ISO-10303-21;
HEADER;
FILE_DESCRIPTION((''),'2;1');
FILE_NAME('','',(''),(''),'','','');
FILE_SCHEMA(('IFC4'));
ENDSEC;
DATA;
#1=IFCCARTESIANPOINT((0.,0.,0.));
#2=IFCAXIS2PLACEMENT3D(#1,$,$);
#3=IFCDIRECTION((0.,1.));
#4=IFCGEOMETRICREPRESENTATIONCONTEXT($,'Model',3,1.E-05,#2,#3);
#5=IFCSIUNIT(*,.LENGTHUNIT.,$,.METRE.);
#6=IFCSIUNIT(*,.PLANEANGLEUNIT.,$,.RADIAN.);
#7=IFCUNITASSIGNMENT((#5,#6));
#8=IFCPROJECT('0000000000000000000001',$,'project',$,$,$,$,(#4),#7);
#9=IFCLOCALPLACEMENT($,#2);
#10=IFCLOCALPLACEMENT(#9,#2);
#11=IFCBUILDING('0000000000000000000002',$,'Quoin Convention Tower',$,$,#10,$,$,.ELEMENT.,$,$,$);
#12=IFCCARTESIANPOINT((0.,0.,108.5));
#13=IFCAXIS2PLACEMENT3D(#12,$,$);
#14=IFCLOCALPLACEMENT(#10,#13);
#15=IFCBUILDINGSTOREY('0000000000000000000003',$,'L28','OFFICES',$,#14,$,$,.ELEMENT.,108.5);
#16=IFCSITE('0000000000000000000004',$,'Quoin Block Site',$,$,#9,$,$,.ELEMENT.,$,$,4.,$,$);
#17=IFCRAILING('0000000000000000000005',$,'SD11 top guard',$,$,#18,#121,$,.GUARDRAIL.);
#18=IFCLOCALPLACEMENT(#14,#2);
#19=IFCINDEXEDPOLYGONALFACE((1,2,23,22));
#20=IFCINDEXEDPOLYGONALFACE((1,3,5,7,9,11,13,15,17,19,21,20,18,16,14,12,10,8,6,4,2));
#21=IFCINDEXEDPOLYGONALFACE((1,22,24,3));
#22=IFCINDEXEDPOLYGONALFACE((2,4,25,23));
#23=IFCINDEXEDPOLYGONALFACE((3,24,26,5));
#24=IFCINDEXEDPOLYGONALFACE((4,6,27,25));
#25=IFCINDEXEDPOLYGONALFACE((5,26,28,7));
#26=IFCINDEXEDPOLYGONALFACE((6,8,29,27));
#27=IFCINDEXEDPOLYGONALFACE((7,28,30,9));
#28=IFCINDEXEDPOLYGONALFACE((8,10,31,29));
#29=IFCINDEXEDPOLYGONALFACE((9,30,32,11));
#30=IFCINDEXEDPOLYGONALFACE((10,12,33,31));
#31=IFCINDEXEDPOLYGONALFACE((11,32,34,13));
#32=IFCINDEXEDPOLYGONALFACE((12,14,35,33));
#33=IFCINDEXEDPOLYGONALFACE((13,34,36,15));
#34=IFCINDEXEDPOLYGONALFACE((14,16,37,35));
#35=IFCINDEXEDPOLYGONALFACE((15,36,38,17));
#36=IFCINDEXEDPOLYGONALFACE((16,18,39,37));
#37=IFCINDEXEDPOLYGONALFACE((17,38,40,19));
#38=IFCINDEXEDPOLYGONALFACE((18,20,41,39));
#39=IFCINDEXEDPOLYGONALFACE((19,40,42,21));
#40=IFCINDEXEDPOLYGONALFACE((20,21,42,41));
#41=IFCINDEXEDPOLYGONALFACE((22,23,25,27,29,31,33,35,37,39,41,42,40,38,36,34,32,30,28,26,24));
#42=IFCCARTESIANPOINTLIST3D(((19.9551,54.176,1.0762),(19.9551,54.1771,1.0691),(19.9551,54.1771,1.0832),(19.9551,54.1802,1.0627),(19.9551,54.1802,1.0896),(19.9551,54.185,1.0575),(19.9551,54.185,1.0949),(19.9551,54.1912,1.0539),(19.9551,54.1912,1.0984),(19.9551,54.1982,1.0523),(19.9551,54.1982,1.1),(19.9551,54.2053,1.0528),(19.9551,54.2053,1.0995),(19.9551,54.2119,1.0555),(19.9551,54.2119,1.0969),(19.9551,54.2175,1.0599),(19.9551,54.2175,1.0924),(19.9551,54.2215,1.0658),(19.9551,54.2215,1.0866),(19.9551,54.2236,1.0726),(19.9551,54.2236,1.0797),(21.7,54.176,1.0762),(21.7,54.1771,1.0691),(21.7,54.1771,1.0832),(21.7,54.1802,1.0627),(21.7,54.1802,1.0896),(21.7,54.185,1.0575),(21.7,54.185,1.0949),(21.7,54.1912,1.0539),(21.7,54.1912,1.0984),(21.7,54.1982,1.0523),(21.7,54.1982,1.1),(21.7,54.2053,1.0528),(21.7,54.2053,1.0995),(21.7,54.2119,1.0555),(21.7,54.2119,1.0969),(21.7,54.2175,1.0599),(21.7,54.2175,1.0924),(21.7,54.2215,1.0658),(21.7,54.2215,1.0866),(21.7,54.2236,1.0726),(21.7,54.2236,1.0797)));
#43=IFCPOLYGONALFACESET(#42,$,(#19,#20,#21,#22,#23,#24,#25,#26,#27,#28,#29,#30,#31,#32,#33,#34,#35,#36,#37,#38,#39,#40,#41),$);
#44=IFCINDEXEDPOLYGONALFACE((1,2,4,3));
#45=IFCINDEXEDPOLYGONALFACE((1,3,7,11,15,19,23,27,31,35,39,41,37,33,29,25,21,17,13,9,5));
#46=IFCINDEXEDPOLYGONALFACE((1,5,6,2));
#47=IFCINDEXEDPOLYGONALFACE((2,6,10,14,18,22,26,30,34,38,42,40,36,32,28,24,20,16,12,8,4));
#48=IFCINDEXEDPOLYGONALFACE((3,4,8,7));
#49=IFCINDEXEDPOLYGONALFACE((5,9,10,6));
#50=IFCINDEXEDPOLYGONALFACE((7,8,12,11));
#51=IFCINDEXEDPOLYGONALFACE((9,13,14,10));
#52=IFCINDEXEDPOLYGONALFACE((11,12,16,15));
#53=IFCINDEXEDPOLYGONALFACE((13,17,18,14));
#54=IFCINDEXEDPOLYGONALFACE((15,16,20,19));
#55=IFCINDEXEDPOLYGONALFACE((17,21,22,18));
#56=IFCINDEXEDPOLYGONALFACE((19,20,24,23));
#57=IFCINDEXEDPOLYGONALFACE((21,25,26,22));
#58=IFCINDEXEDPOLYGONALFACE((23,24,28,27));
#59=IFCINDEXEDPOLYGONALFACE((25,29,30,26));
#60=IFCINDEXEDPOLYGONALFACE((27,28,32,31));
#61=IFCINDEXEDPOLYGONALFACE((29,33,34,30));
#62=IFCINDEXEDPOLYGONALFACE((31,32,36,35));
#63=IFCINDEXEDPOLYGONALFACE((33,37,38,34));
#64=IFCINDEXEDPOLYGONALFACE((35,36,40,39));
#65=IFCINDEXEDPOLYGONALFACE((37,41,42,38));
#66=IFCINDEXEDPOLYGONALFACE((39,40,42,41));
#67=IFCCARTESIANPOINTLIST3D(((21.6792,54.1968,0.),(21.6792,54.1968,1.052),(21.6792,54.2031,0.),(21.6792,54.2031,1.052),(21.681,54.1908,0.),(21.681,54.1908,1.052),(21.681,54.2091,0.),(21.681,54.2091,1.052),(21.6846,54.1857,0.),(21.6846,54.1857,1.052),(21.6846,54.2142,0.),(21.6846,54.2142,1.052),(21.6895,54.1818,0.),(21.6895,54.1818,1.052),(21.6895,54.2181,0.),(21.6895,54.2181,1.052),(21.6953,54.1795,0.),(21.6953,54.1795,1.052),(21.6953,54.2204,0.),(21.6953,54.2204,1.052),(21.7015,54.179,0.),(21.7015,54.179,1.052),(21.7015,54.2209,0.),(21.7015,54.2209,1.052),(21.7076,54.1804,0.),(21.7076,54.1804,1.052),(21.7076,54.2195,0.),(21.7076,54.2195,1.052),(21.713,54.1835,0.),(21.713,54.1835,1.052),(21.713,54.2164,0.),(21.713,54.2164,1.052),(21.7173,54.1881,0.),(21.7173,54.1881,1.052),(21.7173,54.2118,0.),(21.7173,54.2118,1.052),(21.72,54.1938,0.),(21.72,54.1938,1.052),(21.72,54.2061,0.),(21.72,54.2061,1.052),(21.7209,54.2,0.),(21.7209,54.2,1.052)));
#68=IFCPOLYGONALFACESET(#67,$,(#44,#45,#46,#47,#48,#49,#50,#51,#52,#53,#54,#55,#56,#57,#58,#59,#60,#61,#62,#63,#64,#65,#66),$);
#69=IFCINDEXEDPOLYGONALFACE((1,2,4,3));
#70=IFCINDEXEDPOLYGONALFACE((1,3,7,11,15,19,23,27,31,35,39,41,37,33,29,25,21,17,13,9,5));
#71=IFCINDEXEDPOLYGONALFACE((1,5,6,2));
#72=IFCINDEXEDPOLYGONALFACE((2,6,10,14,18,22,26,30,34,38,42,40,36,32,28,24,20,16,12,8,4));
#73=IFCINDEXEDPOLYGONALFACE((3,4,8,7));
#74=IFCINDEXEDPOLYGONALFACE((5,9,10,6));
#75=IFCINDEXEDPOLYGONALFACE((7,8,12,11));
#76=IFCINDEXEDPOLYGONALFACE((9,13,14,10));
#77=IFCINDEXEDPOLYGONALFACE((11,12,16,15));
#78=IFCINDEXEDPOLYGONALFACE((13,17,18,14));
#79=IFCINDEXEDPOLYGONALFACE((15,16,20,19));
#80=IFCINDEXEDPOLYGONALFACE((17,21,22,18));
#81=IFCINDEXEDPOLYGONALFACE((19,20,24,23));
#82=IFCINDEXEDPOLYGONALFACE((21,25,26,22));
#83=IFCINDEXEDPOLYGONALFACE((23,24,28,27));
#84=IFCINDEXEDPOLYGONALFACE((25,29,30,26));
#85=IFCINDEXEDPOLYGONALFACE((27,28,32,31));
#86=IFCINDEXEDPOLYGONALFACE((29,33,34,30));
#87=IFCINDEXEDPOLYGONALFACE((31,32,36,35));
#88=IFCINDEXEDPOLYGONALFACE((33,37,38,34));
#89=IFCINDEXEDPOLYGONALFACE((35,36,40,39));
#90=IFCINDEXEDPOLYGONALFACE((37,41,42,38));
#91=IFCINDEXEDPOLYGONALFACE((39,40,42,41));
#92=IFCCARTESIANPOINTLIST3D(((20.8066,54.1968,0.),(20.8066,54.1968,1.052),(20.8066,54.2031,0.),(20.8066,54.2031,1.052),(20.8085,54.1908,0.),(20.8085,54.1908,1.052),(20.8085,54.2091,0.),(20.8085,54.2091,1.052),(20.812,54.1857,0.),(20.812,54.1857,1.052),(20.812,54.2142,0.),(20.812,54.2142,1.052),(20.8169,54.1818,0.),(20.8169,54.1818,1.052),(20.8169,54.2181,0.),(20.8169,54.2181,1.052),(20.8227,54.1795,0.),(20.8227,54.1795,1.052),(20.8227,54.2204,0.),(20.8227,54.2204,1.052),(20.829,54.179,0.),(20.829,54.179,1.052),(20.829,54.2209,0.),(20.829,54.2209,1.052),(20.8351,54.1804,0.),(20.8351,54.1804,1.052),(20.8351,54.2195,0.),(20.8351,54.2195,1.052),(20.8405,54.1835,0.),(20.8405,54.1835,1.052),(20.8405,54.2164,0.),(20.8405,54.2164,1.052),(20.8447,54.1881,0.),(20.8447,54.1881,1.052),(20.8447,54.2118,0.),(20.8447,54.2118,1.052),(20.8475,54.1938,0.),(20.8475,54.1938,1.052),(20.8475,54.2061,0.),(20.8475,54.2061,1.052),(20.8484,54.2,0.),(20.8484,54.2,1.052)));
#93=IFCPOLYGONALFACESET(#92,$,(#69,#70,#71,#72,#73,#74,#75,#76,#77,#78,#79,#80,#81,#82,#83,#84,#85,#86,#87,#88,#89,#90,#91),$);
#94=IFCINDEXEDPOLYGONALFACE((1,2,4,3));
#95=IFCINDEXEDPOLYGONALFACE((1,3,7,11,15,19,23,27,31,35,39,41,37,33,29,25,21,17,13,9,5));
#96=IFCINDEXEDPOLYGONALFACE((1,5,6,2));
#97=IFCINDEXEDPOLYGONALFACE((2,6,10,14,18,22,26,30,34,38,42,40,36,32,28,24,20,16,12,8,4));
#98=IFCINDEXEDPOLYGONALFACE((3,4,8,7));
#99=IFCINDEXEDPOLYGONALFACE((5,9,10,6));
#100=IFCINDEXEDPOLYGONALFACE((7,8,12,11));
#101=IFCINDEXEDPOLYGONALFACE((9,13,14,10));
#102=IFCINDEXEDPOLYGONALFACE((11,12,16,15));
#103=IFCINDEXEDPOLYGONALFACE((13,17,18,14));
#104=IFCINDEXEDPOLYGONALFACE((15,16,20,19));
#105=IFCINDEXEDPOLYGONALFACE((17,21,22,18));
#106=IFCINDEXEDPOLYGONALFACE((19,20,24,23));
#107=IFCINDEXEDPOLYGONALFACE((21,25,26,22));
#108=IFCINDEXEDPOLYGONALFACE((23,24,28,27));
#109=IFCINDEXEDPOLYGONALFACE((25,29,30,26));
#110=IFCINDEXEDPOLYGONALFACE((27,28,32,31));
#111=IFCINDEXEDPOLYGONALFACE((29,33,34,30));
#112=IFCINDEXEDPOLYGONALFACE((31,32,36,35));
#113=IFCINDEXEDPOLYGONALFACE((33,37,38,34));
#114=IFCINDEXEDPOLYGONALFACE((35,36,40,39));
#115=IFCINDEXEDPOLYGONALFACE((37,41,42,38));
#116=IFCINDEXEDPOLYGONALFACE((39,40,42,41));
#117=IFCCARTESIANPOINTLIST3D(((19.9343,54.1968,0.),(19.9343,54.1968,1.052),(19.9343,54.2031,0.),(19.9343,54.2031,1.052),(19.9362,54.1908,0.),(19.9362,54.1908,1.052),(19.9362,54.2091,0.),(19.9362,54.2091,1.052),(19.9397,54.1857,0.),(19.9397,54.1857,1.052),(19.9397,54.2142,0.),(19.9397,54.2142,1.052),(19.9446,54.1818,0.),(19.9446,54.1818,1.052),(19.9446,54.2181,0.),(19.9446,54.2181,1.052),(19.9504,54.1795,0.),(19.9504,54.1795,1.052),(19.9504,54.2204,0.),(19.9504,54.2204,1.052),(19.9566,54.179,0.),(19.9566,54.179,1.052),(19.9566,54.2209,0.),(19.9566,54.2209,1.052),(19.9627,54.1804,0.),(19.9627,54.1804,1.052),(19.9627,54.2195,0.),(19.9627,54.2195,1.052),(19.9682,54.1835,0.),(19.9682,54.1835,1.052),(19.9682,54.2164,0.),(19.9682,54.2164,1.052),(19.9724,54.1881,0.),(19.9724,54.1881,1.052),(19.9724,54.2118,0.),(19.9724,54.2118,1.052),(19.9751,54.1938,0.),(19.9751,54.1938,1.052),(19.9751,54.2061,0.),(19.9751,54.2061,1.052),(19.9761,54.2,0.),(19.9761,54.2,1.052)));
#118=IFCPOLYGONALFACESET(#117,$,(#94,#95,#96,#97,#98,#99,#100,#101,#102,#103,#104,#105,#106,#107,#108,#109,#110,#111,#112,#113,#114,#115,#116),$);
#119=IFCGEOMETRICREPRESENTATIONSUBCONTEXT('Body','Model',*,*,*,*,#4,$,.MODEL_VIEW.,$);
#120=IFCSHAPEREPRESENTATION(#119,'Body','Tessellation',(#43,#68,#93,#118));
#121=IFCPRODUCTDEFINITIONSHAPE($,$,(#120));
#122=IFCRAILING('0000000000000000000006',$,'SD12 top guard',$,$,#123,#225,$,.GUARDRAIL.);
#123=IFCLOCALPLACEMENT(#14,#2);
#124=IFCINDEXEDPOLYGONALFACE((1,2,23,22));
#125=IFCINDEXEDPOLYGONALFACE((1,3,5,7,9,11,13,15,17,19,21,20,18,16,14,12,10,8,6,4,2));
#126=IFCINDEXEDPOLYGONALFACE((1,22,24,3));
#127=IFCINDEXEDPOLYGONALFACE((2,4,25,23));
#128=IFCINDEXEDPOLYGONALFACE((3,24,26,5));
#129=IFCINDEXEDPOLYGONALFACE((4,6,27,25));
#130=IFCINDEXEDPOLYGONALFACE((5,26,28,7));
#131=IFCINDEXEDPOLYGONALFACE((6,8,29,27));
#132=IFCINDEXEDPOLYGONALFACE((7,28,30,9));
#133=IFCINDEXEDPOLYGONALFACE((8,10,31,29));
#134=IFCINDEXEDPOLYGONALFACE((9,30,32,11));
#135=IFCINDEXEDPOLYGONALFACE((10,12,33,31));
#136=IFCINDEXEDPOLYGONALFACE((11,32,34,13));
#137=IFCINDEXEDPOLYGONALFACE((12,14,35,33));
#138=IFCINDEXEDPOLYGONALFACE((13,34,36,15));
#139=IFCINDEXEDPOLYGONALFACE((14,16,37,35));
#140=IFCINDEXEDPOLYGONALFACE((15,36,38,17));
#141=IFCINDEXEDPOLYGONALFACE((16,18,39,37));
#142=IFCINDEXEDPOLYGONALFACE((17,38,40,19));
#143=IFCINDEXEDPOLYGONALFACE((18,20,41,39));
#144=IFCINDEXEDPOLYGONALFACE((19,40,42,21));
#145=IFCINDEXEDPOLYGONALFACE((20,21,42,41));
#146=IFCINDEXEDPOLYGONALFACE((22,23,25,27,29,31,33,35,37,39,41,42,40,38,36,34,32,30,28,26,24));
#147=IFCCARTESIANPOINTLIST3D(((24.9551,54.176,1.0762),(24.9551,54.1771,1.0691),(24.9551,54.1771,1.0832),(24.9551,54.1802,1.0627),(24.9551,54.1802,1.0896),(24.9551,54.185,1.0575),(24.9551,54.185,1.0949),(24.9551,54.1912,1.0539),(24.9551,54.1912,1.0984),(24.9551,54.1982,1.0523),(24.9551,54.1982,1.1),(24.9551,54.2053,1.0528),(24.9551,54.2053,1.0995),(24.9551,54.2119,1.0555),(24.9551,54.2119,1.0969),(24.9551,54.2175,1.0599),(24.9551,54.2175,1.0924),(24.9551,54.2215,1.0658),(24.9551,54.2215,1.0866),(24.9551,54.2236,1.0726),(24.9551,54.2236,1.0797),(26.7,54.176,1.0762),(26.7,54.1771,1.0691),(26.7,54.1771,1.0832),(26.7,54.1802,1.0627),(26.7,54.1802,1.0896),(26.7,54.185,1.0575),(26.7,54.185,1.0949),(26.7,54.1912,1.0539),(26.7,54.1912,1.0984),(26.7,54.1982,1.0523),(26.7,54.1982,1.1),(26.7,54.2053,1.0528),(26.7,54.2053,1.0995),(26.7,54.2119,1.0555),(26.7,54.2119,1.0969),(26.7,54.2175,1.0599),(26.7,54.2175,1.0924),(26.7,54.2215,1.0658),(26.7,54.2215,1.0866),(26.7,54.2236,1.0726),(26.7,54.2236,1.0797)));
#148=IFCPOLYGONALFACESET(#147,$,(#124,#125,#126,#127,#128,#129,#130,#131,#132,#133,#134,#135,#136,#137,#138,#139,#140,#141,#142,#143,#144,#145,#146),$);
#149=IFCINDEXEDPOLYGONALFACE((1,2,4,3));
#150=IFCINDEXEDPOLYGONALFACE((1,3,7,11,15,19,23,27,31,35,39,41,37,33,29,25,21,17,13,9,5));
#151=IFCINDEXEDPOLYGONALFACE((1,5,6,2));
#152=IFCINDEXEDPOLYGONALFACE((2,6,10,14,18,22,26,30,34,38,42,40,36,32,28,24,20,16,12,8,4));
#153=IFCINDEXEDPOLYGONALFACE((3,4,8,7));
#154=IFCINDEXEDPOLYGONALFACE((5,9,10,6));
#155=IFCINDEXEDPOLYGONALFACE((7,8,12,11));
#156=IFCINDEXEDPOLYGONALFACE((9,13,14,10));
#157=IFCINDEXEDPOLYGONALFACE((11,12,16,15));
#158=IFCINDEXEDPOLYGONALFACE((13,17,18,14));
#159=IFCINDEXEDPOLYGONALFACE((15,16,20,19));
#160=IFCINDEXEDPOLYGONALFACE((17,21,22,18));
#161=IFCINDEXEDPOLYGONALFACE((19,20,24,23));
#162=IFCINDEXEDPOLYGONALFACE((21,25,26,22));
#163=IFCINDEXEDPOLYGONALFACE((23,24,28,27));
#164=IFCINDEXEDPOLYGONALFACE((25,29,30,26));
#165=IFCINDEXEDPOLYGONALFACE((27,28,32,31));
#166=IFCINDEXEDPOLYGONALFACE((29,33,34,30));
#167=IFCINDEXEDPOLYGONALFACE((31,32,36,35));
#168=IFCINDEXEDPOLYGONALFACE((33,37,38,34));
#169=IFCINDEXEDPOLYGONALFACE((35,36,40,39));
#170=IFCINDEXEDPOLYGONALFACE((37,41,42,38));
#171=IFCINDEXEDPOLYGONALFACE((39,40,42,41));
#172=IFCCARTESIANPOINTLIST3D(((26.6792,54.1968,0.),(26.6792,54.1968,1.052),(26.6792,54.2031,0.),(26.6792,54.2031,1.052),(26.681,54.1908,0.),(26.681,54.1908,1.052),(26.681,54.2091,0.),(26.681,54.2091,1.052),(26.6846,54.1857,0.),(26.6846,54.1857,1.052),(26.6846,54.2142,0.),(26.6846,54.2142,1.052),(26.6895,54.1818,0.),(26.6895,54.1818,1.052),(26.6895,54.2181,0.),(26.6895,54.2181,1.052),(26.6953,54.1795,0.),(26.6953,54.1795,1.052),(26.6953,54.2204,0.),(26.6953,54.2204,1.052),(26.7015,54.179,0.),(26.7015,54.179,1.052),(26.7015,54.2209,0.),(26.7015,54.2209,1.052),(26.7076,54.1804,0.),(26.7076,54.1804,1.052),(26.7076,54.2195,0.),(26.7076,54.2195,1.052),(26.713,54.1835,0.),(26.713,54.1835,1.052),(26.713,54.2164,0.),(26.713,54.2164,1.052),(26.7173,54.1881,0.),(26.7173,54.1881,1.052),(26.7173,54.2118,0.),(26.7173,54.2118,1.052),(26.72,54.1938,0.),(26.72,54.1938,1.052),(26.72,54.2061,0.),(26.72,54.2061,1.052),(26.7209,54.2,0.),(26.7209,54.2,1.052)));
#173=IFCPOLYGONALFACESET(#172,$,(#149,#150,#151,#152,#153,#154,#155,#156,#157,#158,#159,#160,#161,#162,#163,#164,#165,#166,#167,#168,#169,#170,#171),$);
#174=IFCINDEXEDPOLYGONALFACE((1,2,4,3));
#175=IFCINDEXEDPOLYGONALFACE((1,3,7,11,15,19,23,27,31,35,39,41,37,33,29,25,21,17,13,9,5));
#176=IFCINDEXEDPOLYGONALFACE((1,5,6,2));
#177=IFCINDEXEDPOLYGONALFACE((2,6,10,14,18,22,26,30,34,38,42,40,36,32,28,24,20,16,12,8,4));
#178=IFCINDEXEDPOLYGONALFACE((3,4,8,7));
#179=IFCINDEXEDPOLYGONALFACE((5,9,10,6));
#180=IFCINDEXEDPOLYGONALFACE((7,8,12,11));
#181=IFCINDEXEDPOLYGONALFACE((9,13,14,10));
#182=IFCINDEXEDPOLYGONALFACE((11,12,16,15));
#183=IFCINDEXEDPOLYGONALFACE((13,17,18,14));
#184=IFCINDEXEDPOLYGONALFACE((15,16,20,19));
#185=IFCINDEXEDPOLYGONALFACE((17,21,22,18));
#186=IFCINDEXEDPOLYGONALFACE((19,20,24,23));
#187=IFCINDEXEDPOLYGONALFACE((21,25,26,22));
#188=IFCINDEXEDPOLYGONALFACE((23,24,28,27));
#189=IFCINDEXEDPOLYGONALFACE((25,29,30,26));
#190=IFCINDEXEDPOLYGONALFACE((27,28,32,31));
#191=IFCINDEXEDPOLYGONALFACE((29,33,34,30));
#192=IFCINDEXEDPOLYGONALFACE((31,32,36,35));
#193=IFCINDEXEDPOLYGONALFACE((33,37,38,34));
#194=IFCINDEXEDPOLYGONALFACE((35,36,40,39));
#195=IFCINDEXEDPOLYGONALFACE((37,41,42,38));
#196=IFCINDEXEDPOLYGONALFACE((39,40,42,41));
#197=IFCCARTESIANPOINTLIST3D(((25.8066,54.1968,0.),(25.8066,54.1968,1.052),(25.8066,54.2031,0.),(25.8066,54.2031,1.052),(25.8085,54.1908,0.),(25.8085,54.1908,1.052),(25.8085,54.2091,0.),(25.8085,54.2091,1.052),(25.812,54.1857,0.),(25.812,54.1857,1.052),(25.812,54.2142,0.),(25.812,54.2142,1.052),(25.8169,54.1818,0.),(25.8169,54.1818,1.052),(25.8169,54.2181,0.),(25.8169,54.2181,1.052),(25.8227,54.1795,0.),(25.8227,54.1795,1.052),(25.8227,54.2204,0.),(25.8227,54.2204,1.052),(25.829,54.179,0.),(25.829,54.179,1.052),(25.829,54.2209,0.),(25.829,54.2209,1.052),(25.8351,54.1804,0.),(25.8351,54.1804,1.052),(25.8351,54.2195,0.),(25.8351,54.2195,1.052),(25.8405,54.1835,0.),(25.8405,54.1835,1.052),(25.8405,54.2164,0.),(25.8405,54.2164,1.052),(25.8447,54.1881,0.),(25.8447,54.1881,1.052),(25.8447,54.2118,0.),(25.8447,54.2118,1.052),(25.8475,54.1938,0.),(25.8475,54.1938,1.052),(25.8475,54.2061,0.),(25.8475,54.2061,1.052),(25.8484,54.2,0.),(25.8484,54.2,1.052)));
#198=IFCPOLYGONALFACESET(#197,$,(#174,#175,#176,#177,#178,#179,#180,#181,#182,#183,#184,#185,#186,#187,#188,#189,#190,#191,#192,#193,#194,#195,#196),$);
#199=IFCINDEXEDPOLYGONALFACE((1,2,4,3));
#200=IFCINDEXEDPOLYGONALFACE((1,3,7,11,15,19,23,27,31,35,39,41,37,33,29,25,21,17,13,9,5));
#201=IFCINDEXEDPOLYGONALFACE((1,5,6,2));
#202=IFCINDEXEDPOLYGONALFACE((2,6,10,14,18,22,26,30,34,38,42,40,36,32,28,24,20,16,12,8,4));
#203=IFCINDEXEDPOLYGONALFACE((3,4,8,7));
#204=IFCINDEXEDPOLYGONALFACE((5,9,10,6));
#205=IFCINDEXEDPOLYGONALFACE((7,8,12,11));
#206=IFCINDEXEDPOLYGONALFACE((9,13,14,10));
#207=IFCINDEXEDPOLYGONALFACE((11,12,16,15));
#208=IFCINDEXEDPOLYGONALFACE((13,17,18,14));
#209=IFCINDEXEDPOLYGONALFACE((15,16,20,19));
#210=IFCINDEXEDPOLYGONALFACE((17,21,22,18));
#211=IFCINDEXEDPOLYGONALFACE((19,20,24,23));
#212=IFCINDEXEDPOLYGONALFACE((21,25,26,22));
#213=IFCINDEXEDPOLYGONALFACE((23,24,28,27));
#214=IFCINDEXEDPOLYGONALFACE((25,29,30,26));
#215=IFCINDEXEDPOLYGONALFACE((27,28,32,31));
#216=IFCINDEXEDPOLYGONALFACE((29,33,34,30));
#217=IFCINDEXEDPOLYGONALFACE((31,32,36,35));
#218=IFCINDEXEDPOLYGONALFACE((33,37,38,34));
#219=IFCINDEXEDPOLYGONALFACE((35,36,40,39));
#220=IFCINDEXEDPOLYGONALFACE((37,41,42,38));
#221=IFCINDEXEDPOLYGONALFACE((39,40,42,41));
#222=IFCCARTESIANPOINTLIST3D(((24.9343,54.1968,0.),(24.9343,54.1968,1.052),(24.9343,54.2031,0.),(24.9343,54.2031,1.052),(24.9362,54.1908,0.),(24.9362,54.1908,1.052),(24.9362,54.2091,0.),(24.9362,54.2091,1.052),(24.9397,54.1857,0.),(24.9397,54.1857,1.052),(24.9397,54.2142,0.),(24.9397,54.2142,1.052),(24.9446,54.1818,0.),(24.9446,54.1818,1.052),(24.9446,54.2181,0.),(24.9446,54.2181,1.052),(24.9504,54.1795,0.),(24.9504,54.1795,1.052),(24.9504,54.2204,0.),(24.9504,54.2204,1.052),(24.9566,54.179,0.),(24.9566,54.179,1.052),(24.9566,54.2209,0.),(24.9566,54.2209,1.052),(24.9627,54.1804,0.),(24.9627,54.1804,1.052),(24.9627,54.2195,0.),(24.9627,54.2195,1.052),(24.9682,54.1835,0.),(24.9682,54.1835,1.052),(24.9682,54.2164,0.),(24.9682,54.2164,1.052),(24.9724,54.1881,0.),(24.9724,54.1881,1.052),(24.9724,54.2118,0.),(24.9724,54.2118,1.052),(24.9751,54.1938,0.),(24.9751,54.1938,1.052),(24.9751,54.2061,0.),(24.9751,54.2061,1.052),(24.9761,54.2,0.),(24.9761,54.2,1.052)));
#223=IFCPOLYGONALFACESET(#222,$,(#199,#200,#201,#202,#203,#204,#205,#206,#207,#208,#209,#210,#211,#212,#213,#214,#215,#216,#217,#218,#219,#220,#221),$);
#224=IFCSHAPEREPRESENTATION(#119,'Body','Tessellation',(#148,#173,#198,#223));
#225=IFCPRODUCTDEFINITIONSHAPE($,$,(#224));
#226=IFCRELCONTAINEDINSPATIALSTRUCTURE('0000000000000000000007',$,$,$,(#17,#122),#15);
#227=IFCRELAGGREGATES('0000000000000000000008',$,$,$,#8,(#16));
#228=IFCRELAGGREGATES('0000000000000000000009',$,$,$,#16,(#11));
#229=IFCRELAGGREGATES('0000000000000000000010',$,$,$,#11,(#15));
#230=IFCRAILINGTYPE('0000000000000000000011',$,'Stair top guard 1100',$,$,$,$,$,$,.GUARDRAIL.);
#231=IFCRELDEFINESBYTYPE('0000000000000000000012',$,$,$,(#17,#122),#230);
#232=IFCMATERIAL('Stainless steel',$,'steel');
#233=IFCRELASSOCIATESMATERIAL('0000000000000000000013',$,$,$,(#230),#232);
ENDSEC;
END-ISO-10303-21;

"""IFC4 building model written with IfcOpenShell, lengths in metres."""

from ifc_helpers import new_model, si_unit, direction, frame, origin, origin_2d, place, context, subcontext, project, spatial, circle, extrude, material, type_object, element, save


model = new_model("IFC4")

# Units and contexts
model_context = context("Model", 3, precision=1e-05, world=origin(), true_north=direction((0.0, 1.0)))
body_context = subcontext(model_context, "Body", "Model", "MODEL_VIEW")
ifc_project = project(units=[si_unit("LENGTHUNIT", "METRE"), si_unit("PLANEANGLEUNIT", "RADIAN")], contexts=[model_context])

# Site, building, storey
site_placement = place(None, origin())
site = spatial("IfcSite", under=ifc_project, at=site_placement, Name="Quoin Block Site", CompositionType="ELEMENT", RefElevation=4.0)
building_placement = place(site_placement, origin())
building = spatial("IfcBuilding", under=site, at=building_placement, Name="Quoin Convention Tower", CompositionType="ELEMENT")
storey_placement = place(building_placement, frame((0.0, 0.0, 108.5)))
storey = spatial("IfcBuildingStorey", under=building, at=storey_placement, Name="L28", Description="OFFICES", CompositionType="ELEMENT", Elevation=108.5)

# Railings
ifc_material_1 = material(Name="Stainless steel", Category="steel")
railing_type_1 = type_object("IfcRailingType", Name="Stair top guard 1100", PredefinedType="GUARDRAIL", material=ifc_material_1)
for number, where, name in (
    (1, (21.7, 54.2, 0.0), "SD11 top guard"),
    (2, (26.7, 54.2, 0.0), "SD12 top guard"),
):
    element("IfcRailing", number, at=place(storey_placement, frame(where)), inside=storey, type_object=railing_type_1, Name=name, PredefinedType="GUARDRAIL", context=body_context, shape_type="SweptSolid", body=[
        extrude(circle(Radius=0.0239, at=origin_2d()), frame((0.0, 0.0, 1.0762), z_axis=(-1.0, 0.0, 0.0), x_axis=(0.0, -1.0, 0.0)), (0.0, 0.0, 1.0), 1.7449),
        extrude(circle(Radius=0.021, at=origin_2d()), origin(), (0.0, 0.0, 1.0), 1.052),
        extrude(circle(Radius=0.021, at=origin_2d()), frame((-0.8726, 0.0, 0.0)), (0.0, 0.0, 1.0), 1.052),
        extrude(circle(Radius=0.021, at=origin_2d()), frame((-1.7449, 0.0, 0.0)), (0.0, 0.0, 1.0), 1.052),
    ])

save(model, "model.ifc")
